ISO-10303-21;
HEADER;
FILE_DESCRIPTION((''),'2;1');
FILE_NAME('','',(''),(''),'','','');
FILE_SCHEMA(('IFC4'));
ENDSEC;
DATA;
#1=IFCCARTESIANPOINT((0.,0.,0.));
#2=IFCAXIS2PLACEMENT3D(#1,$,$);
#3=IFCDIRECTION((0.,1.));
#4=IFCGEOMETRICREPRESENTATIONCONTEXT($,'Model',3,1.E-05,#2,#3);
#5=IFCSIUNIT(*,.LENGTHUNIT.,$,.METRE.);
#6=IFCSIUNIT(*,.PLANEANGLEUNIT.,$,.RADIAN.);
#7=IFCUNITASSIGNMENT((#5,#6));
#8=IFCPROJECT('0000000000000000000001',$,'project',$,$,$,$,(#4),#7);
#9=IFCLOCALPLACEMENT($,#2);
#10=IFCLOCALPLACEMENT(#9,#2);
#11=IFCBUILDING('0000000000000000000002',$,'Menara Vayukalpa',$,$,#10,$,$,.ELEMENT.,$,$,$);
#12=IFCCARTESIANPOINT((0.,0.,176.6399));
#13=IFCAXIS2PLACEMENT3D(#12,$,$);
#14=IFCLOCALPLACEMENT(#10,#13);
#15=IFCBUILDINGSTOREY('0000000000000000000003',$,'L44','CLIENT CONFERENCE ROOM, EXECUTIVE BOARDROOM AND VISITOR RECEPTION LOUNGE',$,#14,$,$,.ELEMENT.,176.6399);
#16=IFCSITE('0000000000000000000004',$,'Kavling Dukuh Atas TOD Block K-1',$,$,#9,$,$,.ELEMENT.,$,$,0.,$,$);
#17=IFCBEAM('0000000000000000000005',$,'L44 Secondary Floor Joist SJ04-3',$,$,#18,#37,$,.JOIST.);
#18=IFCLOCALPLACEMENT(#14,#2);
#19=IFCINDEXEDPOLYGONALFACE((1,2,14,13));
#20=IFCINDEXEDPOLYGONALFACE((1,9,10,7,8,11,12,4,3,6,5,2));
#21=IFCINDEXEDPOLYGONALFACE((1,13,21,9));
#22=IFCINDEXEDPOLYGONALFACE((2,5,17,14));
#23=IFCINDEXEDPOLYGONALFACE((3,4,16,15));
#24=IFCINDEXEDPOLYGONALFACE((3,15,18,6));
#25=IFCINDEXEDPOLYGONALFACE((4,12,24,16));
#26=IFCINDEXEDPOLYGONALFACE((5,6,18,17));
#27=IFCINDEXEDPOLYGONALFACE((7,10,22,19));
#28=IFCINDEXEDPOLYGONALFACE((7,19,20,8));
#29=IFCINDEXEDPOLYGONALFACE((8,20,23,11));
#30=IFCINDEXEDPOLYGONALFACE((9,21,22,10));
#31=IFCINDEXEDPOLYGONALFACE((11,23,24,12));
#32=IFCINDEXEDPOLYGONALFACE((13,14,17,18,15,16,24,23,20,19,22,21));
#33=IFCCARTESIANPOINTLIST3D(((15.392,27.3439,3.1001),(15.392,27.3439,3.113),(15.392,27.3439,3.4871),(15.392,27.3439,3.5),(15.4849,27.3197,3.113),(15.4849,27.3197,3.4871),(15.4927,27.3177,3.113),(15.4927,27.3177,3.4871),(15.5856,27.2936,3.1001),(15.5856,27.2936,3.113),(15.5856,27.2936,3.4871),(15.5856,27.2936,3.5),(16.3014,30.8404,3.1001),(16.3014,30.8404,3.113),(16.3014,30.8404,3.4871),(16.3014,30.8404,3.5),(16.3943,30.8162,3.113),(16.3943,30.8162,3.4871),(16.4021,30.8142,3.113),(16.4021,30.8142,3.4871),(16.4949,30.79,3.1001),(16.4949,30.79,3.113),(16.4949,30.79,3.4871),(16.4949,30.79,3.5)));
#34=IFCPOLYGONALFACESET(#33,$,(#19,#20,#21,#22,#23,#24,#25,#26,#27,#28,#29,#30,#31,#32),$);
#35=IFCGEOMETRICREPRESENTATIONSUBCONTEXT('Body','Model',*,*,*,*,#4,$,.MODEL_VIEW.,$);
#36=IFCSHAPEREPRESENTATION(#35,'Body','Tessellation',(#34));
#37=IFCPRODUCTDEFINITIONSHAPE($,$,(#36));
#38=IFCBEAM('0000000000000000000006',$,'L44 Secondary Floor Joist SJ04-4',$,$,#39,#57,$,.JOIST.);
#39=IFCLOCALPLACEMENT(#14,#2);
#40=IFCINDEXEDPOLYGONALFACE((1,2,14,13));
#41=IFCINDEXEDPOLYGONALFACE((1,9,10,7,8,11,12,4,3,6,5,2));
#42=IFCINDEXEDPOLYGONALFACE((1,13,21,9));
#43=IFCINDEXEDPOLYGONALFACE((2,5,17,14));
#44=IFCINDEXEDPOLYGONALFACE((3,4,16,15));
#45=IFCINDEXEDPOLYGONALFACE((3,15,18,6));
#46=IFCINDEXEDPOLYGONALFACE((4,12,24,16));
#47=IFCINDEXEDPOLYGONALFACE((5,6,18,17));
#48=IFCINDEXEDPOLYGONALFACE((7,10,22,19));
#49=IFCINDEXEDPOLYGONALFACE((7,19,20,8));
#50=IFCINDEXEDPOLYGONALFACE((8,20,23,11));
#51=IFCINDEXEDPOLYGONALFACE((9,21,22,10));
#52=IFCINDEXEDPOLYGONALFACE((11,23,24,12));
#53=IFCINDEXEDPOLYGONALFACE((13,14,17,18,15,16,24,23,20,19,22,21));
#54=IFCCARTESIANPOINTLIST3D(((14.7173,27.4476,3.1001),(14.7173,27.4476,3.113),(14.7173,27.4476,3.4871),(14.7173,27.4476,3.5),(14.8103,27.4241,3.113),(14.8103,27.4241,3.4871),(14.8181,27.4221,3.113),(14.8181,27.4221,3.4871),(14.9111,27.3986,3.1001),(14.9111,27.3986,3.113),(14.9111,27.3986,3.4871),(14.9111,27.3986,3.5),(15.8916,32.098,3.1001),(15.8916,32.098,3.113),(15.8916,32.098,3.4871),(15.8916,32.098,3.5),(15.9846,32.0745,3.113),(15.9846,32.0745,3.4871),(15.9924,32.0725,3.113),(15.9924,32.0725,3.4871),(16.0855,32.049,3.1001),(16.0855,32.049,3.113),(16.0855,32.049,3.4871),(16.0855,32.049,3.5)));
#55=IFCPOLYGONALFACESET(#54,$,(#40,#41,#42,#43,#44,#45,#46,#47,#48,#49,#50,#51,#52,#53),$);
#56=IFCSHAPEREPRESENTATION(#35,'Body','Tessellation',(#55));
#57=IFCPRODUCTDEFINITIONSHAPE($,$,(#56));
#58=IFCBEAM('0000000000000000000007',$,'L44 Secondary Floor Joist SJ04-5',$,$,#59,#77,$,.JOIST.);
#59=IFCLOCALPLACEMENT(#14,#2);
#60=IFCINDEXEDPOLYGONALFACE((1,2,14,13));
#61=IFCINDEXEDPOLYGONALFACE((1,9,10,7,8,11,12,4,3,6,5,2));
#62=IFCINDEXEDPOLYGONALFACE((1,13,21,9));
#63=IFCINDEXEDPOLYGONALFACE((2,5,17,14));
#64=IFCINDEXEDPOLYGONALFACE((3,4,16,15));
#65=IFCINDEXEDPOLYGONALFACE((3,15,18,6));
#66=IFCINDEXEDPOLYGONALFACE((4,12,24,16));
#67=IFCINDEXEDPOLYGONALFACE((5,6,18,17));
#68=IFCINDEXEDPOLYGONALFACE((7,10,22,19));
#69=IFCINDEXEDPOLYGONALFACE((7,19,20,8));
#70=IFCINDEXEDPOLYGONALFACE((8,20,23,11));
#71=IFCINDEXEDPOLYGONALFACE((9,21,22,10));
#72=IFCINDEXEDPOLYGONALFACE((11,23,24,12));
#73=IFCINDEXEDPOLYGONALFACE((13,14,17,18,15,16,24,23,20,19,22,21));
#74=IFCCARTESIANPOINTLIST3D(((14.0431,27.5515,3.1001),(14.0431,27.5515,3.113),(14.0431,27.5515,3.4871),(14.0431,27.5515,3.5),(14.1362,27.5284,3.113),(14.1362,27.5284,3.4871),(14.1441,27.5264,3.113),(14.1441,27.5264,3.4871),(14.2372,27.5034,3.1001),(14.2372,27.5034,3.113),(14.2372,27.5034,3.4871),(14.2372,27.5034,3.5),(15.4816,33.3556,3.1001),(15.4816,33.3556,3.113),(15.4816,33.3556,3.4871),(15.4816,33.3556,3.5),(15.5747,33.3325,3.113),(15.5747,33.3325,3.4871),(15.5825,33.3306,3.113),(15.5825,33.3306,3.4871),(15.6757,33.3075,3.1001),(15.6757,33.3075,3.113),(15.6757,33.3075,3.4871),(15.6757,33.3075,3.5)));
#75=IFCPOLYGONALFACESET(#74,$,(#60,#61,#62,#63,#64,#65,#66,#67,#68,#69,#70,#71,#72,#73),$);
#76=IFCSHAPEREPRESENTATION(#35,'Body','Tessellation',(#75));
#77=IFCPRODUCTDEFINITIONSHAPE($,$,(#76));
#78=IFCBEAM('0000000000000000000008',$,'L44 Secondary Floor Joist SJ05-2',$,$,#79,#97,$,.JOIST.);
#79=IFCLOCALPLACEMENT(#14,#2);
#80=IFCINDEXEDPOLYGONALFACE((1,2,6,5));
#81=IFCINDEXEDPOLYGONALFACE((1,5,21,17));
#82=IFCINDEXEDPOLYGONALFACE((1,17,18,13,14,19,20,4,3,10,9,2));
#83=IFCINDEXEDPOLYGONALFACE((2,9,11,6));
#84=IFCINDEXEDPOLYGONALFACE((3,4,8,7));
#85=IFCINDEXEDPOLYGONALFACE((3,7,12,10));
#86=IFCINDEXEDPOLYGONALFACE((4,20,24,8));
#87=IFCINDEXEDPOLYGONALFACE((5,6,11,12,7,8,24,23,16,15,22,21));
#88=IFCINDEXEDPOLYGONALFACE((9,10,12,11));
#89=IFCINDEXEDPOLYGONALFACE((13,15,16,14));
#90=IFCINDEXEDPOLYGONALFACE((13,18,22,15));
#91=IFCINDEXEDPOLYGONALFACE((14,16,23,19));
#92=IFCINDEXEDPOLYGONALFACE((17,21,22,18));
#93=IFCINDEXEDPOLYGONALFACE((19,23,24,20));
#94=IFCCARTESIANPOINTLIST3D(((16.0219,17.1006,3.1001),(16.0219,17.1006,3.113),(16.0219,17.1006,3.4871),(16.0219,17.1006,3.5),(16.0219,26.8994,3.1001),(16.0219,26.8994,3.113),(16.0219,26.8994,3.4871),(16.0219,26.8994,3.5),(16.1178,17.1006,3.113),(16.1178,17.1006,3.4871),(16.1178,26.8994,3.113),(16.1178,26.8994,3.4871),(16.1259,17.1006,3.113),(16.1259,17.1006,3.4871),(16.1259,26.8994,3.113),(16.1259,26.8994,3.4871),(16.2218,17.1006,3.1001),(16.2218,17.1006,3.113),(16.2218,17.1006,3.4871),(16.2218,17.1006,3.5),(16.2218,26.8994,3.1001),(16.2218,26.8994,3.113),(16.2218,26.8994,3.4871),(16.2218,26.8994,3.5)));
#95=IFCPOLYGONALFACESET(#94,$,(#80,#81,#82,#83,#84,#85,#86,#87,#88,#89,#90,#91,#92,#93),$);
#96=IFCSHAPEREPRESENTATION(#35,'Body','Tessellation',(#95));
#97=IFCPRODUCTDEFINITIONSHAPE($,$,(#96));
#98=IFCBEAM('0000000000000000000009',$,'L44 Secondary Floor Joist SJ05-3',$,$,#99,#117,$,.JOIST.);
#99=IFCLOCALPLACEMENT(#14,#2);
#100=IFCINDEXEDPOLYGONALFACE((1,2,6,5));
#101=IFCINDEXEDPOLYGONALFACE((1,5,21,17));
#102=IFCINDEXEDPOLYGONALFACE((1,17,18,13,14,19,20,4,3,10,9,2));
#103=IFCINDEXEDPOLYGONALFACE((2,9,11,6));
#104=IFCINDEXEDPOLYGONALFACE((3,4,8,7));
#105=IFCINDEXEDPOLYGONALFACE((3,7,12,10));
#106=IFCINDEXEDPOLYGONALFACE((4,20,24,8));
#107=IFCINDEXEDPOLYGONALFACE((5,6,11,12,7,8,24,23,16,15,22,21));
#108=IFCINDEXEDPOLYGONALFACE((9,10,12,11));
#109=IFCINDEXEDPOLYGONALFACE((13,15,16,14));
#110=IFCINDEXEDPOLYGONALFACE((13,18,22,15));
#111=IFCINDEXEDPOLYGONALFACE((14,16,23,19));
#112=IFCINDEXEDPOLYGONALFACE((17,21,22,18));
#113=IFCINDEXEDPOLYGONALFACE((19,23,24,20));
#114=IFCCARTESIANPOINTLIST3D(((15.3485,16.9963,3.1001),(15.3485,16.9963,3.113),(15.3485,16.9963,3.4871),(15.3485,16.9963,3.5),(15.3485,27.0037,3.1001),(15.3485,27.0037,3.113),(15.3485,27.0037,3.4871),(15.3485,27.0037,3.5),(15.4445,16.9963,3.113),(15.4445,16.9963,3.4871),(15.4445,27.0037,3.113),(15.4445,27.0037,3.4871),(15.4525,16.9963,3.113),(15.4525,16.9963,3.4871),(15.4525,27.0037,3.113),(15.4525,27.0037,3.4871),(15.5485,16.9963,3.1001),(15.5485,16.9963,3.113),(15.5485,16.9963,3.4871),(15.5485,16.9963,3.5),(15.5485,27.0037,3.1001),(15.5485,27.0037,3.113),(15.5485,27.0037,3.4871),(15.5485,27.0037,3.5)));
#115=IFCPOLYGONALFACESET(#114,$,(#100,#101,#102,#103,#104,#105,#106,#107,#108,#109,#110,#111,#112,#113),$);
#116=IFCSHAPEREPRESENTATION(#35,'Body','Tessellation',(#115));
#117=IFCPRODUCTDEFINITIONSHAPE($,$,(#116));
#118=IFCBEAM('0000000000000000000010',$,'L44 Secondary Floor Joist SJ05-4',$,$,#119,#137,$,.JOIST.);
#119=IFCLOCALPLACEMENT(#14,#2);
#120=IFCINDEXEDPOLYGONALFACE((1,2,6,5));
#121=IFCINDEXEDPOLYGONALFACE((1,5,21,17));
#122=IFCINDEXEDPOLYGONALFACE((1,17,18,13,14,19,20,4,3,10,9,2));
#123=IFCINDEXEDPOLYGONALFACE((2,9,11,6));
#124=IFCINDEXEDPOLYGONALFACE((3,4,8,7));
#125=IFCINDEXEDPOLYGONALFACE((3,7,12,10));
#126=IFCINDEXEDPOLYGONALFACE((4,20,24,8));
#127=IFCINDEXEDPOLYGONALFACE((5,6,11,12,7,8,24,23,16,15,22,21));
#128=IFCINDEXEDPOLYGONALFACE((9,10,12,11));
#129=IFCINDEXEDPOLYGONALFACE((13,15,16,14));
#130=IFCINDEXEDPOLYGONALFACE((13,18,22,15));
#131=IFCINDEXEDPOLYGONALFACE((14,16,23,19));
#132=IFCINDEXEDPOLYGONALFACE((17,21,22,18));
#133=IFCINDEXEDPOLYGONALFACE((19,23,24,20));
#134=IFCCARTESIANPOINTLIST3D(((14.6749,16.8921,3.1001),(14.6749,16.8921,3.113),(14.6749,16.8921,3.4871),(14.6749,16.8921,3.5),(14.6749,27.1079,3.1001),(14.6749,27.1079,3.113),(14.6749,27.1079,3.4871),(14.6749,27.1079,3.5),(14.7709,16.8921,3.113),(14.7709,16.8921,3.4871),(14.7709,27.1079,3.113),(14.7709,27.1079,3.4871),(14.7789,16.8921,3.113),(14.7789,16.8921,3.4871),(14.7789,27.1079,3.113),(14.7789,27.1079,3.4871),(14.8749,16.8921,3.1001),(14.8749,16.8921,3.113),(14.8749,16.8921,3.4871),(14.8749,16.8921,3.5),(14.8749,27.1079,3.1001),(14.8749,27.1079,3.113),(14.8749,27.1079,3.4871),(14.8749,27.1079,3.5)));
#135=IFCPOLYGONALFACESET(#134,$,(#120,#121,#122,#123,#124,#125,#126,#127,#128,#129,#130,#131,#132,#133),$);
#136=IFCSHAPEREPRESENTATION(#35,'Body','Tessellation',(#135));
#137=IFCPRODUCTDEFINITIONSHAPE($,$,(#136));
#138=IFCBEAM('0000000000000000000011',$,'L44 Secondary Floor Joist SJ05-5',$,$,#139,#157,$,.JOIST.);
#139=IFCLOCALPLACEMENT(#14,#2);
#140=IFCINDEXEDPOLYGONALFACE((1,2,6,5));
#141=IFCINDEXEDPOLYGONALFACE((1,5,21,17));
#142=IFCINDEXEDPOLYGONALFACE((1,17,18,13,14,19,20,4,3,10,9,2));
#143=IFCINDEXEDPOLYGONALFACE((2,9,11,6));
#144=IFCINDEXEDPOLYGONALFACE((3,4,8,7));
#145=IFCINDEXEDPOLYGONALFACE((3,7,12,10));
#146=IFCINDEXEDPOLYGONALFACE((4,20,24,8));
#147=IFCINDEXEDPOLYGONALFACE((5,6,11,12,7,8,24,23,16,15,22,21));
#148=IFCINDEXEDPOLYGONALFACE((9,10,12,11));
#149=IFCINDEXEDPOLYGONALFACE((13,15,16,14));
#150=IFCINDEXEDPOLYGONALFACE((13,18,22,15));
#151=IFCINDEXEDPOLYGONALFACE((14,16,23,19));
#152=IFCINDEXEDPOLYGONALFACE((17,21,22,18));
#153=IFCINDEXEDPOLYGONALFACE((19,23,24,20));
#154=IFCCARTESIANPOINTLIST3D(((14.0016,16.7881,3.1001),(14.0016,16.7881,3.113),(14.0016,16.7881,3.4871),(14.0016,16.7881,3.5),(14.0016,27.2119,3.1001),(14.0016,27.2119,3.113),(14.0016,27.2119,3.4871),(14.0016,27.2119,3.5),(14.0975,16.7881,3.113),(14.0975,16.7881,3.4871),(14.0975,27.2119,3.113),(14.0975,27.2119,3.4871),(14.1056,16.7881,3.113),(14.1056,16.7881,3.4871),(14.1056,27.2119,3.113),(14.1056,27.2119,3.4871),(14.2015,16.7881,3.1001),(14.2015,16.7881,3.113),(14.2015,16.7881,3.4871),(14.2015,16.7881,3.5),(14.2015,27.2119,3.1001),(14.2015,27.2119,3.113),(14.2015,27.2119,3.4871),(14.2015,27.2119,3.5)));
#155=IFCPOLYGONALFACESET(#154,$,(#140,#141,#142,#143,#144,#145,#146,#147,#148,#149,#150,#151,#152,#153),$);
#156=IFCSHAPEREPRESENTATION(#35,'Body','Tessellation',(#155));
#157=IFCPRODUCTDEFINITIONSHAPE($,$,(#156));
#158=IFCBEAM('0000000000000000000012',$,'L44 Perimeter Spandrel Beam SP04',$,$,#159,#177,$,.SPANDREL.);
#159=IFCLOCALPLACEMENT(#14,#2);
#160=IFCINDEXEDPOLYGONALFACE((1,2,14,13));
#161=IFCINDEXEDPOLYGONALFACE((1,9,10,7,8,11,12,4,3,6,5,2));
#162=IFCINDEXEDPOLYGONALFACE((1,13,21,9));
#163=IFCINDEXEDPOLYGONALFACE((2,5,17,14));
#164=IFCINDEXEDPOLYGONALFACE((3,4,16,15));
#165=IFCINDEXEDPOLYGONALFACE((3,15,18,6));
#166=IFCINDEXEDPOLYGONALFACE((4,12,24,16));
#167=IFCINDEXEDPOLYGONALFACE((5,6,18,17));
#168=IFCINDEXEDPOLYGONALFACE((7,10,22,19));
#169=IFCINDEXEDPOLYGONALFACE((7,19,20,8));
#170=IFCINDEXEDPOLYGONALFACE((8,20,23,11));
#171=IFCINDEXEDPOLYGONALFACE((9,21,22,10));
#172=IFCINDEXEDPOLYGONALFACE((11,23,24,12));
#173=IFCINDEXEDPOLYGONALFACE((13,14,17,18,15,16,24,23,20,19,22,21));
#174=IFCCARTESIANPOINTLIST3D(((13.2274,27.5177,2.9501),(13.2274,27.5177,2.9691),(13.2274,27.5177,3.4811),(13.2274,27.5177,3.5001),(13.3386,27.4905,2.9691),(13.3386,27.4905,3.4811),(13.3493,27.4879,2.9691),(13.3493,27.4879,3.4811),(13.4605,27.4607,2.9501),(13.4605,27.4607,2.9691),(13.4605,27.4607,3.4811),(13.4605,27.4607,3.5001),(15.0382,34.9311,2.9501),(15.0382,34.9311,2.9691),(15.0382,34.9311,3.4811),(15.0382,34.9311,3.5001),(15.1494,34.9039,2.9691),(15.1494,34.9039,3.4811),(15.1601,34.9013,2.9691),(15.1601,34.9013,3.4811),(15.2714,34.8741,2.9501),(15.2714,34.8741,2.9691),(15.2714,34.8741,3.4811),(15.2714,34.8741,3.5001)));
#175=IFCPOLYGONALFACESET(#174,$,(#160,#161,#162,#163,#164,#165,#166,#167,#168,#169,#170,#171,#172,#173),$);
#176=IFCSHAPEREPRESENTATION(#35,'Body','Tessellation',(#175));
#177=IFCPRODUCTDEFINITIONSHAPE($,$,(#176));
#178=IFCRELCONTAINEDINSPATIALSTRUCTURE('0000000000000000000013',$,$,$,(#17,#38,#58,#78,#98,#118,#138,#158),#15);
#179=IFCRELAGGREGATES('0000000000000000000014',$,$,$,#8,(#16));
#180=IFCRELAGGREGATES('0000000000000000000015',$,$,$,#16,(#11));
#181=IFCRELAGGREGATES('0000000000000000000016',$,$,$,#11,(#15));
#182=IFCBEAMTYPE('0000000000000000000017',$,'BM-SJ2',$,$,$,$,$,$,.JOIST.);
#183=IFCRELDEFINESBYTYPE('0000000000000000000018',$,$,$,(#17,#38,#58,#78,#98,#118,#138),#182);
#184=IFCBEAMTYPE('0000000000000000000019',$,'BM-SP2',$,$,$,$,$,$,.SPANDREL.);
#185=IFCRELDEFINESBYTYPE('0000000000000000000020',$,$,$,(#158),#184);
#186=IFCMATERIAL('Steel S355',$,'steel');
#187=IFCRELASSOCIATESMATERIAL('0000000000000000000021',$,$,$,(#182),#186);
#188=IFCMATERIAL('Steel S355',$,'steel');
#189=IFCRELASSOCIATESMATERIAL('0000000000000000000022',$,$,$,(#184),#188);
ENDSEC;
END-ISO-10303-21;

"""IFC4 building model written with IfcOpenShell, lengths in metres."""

from ifc_helpers import new_model, si_unit, direction, frame, origin, origin_2d, place, context, subcontext, project, spatial, i_section, extrude, material, material_profile, profile_set, type_object, element, save


model = new_model("IFC4")

# Units and contexts
model_context = context("Model", 3, precision=1e-05, world=origin(), true_north=direction((0.0, 1.0)))
body_context = subcontext(model_context, "Body", "Model", "MODEL_VIEW")
ifc_project = project(units=[si_unit("LENGTHUNIT", "METRE"), si_unit("PLANEANGLEUNIT", "RADIAN")], contexts=[model_context])

# Site, building, storey
site_placement = place(None, origin())
site = spatial("IfcSite", under=ifc_project, at=site_placement, Name="Kavling Dukuh Atas TOD Block K-1", CompositionType="ELEMENT", RefElevation=0.0)
building_placement = place(site_placement, origin())
building = spatial("IfcBuilding", under=site, at=building_placement, Name="Menara Vayukalpa", CompositionType="ELEMENT")
storey_placement = place(building_placement, frame((0.0, 0.0, 176.6399)))
storey = spatial("IfcBuildingStorey", under=building, at=storey_placement, Name="L44", Description="CLIENT CONFERENCE ROOM, EXECUTIVE BOARDROOM AND VISITOR RECEPTION LOUNGE", CompositionType="ELEMENT", Elevation=176.6399)

# Beams
ifc_material_1 = material(Name="Steel S355", Category="steel")
ifc_material_profile_1 = material_profile(ifc_material_1, i_section(OverallWidth=0.2, OverallDepth=0.3999, WebThickness=0.0081, FlangeThickness=0.0129, at=origin_2d()), Name="WF 400x200x8x13")
ifc_profile_set_1 = profile_set([ifc_material_profile_1], Name="Steel S355")
beam_type_1 = type_object("IfcBeamType", Name="BM-SJ2", PredefinedType="JOIST", material=ifc_profile_set_1)
beam_1_placement = place(storey_placement, frame((16.3982, 30.8152, 3.3), z_axis=(-0.251715, -0.967801, 0.0), x_axis=(0.967801, -0.251715, 0.0)))
element("IfcBeam", 1, at=beam_1_placement, inside=storey, type_object=beam_type_1, Name="L44 Secondary Floor Joist SJ04-3", PredefinedType="JOIST", context=body_context, shape_type="SweptSolid", body=[
    extrude(i_section(OverallWidth=0.2, OverallDepth=0.3999, WebThickness=0.0081, FlangeThickness=0.0129, at=origin_2d()), origin(), (0.0, 0.0, 1.0), 3.6128),
])
beam_2_placement = place(storey_placement, frame((15.9885, 32.0735, 3.3), z_axis=(-0.244834, -0.969565, 0.0), x_axis=(0.969565, -0.244834, 0.0)))
element("IfcBeam", 2, at=beam_2_placement, inside=storey, type_object=beam_type_1, Name="L44 Secondary Floor Joist SJ04-4", PredefinedType="JOIST", context=body_context, shape_type="SweptSolid", body=[
    extrude(i_section(OverallWidth=0.2, OverallDepth=0.3999, WebThickness=0.0081, FlangeThickness=0.0129, at=origin_2d()), origin(), (0.0, 0.0, 1.0), 4.7964),
])
beam_3_placement = place(storey_placement, frame((15.5786, 33.3315, 3.3), z_axis=(-0.240556, -0.970635, 0.0), x_axis=(0.970635, -0.240556, 0.0)))
element("IfcBeam", 3, at=beam_3_placement, inside=storey, type_object=beam_type_1, Name="L44 Secondary Floor Joist SJ04-5", PredefinedType="JOIST", context=body_context, shape_type="SweptSolid", body=[
    extrude(i_section(OverallWidth=0.2, OverallDepth=0.3999, WebThickness=0.0081, FlangeThickness=0.0129, at=origin_2d()), origin(), (0.0, 0.0, 1.0), 5.9797),
])
beam_4_placement = place(storey_placement, frame((16.1218, 26.8994, 3.3), z_axis=(0.0, -1.0, 0.0), x_axis=(1.0, 0.0, 0.0)))
element("IfcBeam", 4, at=beam_4_placement, inside=storey, type_object=beam_type_1, Name="L44 Secondary Floor Joist SJ05-2", PredefinedType="JOIST", context=body_context, shape_type="SweptSolid", body=[
    extrude(i_section(OverallWidth=0.2, OverallDepth=0.3999, WebThickness=0.0081, FlangeThickness=0.0129, at=origin_2d()), origin(), (0.0, 0.0, 1.0), 9.7988),
])
beam_5_placement = place(storey_placement, frame((15.4485, 27.0037, 3.3), z_axis=(0.0, -1.0, 0.0), x_axis=(1.0, 0.0, 0.0)))
element("IfcBeam", 5, at=beam_5_placement, inside=storey, type_object=beam_type_1, Name="L44 Secondary Floor Joist SJ05-3", PredefinedType="JOIST", context=body_context, shape_type="SweptSolid", body=[
    extrude(i_section(OverallWidth=0.2, OverallDepth=0.3999, WebThickness=0.0081, FlangeThickness=0.0129, at=origin_2d()), origin(), (0.0, 0.0, 1.0), 10.0073),
])
beam_6_placement = place(storey_placement, frame((14.7749, 27.1079, 3.3), z_axis=(0.0, -1.0, 0.0), x_axis=(1.0, 0.0, 0.0)))
element("IfcBeam", 6, at=beam_6_placement, inside=storey, type_object=beam_type_1, Name="L44 Secondary Floor Joist SJ05-4", PredefinedType="JOIST", context=body_context, shape_type="SweptSolid", body=[
    extrude(i_section(OverallWidth=0.2, OverallDepth=0.3999, WebThickness=0.0081, FlangeThickness=0.0129, at=origin_2d()), origin(), (0.0, 0.0, 1.0), 10.2158),
])
beam_7_placement = place(storey_placement, frame((14.1016, 27.2119, 3.3), z_axis=(0.0, -1.0, 0.0), x_axis=(1.0, 0.0, 0.0)))
element("IfcBeam", 7, at=beam_7_placement, inside=storey, type_object=beam_type_1, Name="L44 Secondary Floor Joist SJ05-5", PredefinedType="JOIST", context=body_context, shape_type="SweptSolid", body=[
    extrude(i_section(OverallWidth=0.2, OverallDepth=0.3999, WebThickness=0.0081, FlangeThickness=0.0129, at=origin_2d()), origin(), (0.0, 0.0, 1.0), 10.4238),
])
ifc_material_2 = material(Name="Steel S355", Category="steel")
ifc_material_profile_2 = material_profile(ifc_material_2, i_section(OverallWidth=0.24, OverallDepth=0.55, WebThickness=0.011, FlangeThickness=0.019, at=origin_2d()), Name="WF 550x240x11x19")
ifc_profile_set_2 = profile_set([ifc_material_profile_2], Name="Steel S355")
beam_type_2 = type_object("IfcBeamType", Name="BM-SP2", PredefinedType="SPANDREL", material=ifc_profile_set_2)
beam_8_placement = place(storey_placement, frame((15.1548, 34.9026, 3.2251), z_axis=(-0.237285, -0.97144, 0.0), x_axis=(0.97144, -0.237285, 0.0)))
element("IfcBeam", 8, at=beam_8_placement, inside=storey, type_object=beam_type_2, Name="L44 Perimeter Spandrel Beam SP04", PredefinedType="SPANDREL", context=body_context, shape_type="SweptSolid", body=[
    extrude(i_section(OverallWidth=0.24, OverallDepth=0.55, WebThickness=0.011, FlangeThickness=0.019, at=origin_2d()), origin(), (0.0, 0.0, 1.0), 7.6313),
])

save(model, "model.ifc")
